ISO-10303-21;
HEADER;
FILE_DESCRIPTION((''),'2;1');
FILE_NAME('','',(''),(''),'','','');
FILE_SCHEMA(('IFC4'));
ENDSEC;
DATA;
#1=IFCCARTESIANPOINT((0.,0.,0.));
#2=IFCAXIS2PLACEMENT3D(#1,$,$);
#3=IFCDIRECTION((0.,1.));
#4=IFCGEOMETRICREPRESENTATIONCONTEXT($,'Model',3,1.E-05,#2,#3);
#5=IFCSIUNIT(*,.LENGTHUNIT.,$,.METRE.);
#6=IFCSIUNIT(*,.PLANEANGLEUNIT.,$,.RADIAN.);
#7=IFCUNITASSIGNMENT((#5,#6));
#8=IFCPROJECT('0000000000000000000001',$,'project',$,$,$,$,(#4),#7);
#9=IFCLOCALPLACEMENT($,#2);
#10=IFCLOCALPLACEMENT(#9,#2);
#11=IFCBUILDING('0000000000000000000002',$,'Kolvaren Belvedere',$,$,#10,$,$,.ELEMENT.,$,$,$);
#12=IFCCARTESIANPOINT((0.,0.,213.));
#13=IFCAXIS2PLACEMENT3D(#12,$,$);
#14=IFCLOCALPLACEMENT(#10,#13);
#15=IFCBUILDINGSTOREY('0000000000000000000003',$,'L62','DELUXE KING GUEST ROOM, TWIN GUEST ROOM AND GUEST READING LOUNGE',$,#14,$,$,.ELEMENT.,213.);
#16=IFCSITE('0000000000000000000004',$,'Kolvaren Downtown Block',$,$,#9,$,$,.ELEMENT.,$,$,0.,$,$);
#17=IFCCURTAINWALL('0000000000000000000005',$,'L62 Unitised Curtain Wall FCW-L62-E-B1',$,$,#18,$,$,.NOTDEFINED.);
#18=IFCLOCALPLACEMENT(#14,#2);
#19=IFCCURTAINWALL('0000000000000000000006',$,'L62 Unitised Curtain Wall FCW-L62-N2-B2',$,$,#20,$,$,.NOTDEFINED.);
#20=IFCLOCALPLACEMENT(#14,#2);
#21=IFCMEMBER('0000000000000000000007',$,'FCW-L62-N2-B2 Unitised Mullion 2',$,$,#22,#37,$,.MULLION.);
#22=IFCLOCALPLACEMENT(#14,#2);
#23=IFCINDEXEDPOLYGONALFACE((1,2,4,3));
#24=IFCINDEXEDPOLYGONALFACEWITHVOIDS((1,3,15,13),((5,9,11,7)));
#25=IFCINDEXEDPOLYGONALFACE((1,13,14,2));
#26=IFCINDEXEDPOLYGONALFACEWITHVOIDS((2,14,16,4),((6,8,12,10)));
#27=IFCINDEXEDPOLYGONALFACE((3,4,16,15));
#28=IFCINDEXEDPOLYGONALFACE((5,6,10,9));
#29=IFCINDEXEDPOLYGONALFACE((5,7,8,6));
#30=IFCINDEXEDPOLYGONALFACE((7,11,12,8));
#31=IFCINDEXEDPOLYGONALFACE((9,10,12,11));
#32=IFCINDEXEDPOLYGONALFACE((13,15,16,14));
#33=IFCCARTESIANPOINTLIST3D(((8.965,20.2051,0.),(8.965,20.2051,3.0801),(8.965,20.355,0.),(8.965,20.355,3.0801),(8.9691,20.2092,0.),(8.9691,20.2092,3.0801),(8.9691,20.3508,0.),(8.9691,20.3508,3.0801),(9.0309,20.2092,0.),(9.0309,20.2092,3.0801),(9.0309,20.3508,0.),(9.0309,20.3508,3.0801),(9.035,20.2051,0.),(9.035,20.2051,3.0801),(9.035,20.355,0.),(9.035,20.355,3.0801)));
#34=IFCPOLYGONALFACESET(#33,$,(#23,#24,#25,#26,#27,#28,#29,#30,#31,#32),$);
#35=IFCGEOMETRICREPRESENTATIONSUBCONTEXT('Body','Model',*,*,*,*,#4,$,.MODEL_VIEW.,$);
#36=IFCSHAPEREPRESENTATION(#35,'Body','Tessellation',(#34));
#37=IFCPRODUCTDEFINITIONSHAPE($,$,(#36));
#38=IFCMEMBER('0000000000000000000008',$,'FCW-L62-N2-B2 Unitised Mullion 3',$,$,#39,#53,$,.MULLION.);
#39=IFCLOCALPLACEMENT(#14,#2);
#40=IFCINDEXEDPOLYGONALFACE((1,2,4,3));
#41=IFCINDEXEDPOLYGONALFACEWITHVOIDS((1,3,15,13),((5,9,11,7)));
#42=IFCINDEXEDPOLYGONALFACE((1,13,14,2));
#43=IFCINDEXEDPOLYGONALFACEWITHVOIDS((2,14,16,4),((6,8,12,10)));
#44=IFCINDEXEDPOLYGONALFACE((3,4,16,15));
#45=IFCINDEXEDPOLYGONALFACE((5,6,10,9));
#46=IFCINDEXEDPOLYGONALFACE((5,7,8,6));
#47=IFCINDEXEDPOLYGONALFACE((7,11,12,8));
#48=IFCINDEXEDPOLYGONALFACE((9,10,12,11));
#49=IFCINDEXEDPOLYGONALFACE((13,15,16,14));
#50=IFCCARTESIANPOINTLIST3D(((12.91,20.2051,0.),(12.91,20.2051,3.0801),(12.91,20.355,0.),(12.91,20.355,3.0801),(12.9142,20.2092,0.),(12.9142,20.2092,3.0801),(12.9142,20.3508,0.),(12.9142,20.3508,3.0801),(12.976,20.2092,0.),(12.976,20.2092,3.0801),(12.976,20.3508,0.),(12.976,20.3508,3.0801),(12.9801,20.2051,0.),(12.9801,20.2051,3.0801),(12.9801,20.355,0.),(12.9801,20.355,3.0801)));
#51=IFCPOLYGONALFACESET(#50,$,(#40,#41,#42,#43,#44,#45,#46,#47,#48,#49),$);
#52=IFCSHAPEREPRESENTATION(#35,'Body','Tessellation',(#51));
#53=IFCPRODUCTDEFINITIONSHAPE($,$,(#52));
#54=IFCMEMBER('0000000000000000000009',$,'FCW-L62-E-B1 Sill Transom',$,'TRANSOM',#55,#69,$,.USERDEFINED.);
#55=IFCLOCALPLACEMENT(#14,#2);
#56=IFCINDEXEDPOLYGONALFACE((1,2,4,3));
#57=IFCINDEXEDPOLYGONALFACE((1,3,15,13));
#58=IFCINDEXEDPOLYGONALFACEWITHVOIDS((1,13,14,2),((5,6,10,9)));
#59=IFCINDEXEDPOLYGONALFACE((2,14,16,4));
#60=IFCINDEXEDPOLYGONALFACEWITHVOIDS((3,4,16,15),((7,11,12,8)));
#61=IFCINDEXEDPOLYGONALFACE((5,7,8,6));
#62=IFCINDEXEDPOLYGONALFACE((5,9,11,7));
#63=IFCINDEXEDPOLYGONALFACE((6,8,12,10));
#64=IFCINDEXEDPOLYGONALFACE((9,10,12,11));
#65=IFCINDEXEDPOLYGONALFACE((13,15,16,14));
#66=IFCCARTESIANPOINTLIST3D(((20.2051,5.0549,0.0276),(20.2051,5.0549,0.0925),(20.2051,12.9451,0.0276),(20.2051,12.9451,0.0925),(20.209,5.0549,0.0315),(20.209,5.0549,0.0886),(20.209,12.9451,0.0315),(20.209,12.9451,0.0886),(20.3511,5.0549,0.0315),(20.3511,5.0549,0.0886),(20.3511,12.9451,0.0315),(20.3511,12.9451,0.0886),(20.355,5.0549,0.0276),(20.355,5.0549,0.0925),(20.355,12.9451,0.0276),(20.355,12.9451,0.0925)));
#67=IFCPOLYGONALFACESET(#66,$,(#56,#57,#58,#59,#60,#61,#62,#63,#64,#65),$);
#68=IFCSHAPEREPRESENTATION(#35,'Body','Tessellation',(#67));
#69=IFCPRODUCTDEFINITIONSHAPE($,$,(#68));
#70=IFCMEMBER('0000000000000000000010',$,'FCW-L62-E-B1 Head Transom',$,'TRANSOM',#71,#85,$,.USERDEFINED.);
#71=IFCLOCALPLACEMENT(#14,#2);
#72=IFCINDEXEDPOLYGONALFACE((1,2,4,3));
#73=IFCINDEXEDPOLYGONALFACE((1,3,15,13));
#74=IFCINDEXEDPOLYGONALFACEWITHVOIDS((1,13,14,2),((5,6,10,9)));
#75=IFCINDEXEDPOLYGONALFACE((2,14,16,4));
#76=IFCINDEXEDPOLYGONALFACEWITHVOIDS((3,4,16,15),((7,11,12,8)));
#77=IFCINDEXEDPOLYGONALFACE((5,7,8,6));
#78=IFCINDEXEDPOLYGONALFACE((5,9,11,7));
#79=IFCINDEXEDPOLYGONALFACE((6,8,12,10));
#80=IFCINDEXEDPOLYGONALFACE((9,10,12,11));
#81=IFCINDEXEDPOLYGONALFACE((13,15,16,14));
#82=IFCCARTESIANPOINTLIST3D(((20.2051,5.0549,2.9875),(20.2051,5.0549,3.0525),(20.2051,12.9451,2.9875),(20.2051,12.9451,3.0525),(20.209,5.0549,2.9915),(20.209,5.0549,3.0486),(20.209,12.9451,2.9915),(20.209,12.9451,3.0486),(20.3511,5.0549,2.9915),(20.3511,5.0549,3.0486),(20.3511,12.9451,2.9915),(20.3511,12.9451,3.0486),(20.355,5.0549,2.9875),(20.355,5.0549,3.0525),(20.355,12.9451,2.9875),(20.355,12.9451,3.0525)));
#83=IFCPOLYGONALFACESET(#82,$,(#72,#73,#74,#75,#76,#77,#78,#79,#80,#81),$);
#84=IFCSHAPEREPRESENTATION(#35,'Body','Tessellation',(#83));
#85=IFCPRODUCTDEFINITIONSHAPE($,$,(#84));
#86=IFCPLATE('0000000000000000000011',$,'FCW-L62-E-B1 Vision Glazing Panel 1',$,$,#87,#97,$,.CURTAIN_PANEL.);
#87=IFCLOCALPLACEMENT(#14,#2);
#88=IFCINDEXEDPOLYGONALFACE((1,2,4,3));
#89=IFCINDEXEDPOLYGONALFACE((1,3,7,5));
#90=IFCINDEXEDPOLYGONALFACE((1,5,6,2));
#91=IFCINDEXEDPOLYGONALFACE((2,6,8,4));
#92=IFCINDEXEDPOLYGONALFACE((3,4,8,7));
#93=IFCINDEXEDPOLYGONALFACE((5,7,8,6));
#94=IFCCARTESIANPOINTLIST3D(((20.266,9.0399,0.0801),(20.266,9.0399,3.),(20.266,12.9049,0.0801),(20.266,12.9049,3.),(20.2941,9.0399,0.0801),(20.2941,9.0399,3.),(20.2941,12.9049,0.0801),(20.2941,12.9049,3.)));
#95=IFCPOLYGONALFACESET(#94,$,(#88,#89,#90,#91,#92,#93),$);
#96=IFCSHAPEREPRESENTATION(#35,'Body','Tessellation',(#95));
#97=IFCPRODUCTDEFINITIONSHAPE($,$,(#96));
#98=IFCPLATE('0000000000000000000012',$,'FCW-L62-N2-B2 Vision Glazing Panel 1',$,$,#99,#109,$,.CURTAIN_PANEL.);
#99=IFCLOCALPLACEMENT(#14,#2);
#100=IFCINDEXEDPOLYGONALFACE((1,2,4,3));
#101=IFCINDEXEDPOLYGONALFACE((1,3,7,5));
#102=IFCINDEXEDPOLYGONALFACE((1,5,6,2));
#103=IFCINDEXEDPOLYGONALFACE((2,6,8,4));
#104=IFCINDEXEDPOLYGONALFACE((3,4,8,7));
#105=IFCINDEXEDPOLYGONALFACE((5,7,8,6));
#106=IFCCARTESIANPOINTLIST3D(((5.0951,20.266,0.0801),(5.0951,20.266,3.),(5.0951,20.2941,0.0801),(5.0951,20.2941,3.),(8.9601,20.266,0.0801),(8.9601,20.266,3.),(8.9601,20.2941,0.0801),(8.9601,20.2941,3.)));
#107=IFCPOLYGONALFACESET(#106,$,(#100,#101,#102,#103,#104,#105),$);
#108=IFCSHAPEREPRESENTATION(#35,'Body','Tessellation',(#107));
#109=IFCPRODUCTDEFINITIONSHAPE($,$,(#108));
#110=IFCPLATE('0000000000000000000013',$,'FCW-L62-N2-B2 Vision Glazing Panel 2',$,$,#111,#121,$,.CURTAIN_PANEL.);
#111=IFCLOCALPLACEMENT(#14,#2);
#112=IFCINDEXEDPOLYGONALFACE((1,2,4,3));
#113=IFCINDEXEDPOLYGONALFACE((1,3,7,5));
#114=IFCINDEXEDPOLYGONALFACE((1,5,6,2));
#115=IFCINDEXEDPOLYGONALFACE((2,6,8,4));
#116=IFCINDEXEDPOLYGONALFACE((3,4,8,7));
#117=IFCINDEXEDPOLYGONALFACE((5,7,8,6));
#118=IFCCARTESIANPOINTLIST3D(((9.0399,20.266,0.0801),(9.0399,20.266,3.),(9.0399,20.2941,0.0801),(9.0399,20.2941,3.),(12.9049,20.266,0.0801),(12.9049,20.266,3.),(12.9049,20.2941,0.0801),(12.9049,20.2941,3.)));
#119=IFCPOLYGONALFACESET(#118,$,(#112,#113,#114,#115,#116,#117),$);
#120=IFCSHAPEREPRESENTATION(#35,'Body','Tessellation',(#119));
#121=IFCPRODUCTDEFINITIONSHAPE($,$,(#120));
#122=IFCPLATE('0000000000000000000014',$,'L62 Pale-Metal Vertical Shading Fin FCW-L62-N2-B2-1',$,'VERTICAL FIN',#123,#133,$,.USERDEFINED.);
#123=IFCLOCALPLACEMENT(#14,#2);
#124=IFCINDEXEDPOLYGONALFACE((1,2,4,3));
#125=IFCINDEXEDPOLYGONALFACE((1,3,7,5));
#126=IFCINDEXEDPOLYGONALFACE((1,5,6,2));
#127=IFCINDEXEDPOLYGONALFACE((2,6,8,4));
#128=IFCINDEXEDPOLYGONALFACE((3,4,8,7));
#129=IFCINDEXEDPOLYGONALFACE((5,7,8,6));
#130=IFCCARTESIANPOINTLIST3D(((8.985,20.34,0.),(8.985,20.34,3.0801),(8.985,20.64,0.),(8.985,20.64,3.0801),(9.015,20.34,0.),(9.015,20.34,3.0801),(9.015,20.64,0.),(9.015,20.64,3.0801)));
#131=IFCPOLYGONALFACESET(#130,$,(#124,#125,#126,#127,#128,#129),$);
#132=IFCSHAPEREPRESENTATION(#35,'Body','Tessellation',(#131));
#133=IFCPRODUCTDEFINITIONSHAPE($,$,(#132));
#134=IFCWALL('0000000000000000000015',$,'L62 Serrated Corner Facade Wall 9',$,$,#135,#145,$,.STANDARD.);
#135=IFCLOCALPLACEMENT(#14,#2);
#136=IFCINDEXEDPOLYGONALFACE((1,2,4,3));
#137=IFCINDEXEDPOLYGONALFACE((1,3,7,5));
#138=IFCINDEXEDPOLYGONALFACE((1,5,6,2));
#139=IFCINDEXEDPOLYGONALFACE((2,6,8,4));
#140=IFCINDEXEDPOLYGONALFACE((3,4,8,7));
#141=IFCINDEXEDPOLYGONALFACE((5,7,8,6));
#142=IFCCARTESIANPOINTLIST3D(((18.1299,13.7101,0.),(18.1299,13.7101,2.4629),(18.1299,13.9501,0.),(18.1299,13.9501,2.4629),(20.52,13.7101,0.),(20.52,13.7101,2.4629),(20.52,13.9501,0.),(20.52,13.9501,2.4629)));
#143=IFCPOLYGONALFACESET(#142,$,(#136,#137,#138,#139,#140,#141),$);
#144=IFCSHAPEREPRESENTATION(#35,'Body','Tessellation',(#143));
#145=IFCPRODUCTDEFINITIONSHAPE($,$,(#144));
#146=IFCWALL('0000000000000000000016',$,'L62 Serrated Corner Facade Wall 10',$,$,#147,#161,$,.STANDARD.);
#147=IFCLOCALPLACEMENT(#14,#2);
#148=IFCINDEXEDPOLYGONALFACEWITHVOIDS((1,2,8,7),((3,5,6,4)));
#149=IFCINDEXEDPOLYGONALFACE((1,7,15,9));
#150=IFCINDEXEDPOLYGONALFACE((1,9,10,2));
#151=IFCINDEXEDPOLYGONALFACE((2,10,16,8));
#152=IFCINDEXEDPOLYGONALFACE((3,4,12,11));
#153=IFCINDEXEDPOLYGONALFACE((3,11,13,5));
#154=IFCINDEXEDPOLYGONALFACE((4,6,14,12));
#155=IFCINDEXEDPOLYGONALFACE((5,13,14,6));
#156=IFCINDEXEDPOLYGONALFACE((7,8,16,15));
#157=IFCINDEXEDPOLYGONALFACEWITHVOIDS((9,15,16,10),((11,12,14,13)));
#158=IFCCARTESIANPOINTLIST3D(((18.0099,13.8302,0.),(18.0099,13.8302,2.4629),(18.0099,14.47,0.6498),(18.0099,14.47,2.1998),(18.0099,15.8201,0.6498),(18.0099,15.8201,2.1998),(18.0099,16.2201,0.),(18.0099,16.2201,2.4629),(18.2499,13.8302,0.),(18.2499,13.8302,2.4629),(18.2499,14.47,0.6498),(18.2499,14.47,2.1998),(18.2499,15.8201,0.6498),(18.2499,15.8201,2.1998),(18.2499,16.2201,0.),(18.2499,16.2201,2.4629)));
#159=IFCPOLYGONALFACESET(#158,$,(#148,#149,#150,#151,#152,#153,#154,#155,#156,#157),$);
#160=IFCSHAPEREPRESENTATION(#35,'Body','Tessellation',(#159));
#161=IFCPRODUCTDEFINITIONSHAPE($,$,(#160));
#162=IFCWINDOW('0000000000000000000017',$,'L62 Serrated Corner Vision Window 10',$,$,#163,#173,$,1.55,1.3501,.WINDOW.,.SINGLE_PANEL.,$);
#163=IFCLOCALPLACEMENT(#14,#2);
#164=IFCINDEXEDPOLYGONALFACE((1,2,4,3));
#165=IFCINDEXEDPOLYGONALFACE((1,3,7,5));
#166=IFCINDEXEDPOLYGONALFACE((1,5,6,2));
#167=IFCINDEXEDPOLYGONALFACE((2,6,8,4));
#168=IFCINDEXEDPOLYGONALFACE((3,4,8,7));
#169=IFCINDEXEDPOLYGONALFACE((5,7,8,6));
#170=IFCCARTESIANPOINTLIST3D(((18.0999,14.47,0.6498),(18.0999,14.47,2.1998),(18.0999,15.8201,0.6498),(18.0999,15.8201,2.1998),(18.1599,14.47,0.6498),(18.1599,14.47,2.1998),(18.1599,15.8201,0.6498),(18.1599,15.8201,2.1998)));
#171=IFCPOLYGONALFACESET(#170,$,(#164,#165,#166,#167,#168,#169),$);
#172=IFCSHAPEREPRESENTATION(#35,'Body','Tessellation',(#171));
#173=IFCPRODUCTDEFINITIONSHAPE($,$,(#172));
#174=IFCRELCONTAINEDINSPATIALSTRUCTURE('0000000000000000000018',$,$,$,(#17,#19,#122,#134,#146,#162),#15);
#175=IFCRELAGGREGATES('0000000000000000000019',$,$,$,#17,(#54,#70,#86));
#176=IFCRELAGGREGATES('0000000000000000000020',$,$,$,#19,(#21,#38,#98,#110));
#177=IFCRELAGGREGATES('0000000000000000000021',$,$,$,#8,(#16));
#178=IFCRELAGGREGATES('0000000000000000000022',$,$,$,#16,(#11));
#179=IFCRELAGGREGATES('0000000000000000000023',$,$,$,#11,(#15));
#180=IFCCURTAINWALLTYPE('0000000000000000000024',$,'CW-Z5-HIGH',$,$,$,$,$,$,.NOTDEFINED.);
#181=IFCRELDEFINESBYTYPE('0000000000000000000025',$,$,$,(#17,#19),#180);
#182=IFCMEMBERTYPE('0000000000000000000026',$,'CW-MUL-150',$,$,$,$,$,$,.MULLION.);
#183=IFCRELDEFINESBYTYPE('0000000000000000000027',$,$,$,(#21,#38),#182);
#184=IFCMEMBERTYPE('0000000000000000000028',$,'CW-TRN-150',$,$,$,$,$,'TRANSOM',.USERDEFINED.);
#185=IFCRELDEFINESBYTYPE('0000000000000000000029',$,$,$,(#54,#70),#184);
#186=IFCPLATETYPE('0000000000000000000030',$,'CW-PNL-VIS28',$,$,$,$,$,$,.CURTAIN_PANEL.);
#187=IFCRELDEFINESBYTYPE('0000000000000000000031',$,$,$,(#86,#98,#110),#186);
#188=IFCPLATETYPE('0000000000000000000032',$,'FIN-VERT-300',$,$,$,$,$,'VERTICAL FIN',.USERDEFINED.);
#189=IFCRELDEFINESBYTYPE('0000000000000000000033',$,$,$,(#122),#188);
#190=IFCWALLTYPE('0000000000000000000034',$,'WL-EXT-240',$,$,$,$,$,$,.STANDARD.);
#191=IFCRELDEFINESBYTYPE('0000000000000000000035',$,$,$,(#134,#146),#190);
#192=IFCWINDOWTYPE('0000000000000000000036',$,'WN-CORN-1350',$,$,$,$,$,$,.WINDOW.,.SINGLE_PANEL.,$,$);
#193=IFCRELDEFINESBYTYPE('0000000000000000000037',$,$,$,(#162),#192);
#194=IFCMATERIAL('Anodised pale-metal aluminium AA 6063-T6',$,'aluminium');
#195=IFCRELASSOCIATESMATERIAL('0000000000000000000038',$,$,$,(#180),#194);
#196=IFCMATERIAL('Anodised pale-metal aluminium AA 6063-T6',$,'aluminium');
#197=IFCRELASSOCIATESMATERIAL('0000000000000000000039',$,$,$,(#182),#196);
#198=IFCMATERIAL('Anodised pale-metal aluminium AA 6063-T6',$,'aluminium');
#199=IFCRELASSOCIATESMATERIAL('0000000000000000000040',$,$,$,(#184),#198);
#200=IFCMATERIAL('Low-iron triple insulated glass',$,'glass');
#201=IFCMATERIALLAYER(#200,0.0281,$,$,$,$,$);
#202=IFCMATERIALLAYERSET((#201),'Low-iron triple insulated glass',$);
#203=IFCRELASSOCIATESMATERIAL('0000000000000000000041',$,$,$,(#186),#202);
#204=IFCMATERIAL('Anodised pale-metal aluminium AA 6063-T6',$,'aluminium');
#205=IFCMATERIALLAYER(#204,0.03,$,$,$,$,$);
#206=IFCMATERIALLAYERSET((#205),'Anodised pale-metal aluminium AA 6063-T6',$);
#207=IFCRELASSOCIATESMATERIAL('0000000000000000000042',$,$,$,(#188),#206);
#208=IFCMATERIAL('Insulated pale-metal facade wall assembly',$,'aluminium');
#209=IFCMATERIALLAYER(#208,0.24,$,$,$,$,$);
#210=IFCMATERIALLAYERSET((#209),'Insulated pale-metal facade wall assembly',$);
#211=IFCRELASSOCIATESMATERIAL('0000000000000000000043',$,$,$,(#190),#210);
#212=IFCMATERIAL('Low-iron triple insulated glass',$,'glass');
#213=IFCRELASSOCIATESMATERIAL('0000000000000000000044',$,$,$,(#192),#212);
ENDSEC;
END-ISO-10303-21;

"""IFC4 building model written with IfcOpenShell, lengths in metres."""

from ifc_helpers import new_model, si_unit, direction, frame, frame_2d, origin, origin_2d, place, context, subcontext, project, spatial, rectangle, hollow_rectangle, extrude, material, layer, layer_set, material_profile, profile_set, type_object, element, fill, aggregate, save


model = new_model("IFC4")

# Units and contexts
model_context = context("Model", 3, precision=1e-05, world=origin(), true_north=direction((0.0, 1.0)))
body_context = subcontext(model_context, "Body", "Model", "MODEL_VIEW")
ifc_project = project(units=[si_unit("LENGTHUNIT", "METRE"), si_unit("PLANEANGLEUNIT", "RADIAN")], contexts=[model_context])

# Site, building, storey
site_placement = place(None, origin())
site = spatial("IfcSite", under=ifc_project, at=site_placement, Name="Kolvaren Downtown Block", CompositionType="ELEMENT", RefElevation=0.0)
building_placement = place(site_placement, origin())
building = spatial("IfcBuilding", under=site, at=building_placement, Name="Kolvaren Belvedere", CompositionType="ELEMENT")
storey_placement = place(building_placement, frame((0.0, 0.0, 213.0)))
storey = spatial("IfcBuildingStorey", under=building, at=storey_placement, Name="L62", Description="DELUXE KING GUEST ROOM, TWIN GUEST ROOM AND GUEST READING LOUNGE", CompositionType="ELEMENT", Elevation=213.0)

# Curtain wall
ifc_material_1 = material(Name="Anodised pale-metal aluminium AA 6063-T6", Category="aluminium")
curtain_wall_type = type_object("IfcCurtainWallType", Name="CW-Z5-HIGH", PredefinedType="NOTDEFINED", material=ifc_material_1)
curtain_wall_1_placement = place(storey_placement, origin())
curtain_wall_1 = element("IfcCurtainWall", 1, at=curtain_wall_1_placement, inside=storey, type_object=curtain_wall_type, Name="L62 Unitised Curtain Wall FCW-L62-E-B1", PredefinedType="NOTDEFINED")
ifc_material_2 = material(Name="Anodised pale-metal aluminium AA 6063-T6", Category="aluminium")
ifc_material_profile_1 = material_profile(ifc_material_2, hollow_rectangle(XDim=0.0701, YDim=0.1499, WallThickness=0.0042, at=origin_2d()), Name="ALU-MUL-150X70")
ifc_profile_set_1 = profile_set([ifc_material_profile_1], Name="Anodised pale-metal aluminium AA 6063-T6")
member_type_1 = type_object("IfcMemberType", Name="CW-MUL-150", PredefinedType="MULLION", material=ifc_profile_set_1)

# Curtain wall, members
curtain_wall_2_placement = place(storey_placement, origin())
curtain_wall_2 = element("IfcCurtainWall", 2, at=curtain_wall_2_placement, inside=storey, type_object=curtain_wall_type, Name="L62 Unitised Curtain Wall FCW-L62-N2-B2", PredefinedType="NOTDEFINED")
member_1_placement = place(storey_placement, frame((9.0, 20.28, 0.0), z_axis=(0.0, 0.0, 1.0), x_axis=(1.0, 0.0, 0.0)))
member_1 = element("IfcMember", 3, at=member_1_placement, type_object=member_type_1, Name="FCW-L62-N2-B2 Unitised Mullion 2", PredefinedType="MULLION", context=body_context, shape_type="SweptSolid", body=[
    extrude(hollow_rectangle(XDim=0.0701, YDim=0.1499, WallThickness=0.0042, at=origin_2d()), origin(), (0.0, 0.0, 1.0), 3.0801),
])
member_2_placement = place(storey_placement, frame((12.9451, 20.28, 0.0), z_axis=(0.0, 0.0, 1.0), x_axis=(1.0, 0.0, 0.0)))
member_2 = element("IfcMember", 4, at=member_2_placement, type_object=member_type_1, Name="FCW-L62-N2-B2 Unitised Mullion 3", PredefinedType="MULLION", context=body_context, shape_type="SweptSolid", body=[
    extrude(hollow_rectangle(XDim=0.0701, YDim=0.1499, WallThickness=0.0042, at=origin_2d()), origin(), (0.0, 0.0, 1.0), 3.0801),
])

# Members
ifc_material_3 = material(Name="Anodised pale-metal aluminium AA 6063-T6", Category="aluminium")
ifc_material_profile_2 = material_profile(ifc_material_3, hollow_rectangle(XDim=0.0649, YDim=0.1499, WallThickness=0.0039, at=origin_2d()), Name="ALU-TRN-150X65")
ifc_profile_set_2 = profile_set([ifc_material_profile_2], Name="Anodised pale-metal aluminium AA 6063-T6")
member_type_2 = type_object("IfcMemberType", Name="CW-TRN-150", ElementType="TRANSOM", PredefinedType="USERDEFINED", material=ifc_profile_set_2)
member_3_placement = place(storey_placement, frame((20.28, 12.9451, 0.0601), z_axis=(0.0, -1.0, 0.0), x_axis=(0.0, 0.0, 1.0)))
member_3 = element("IfcMember", 5, at=member_3_placement, type_object=member_type_2, Name="FCW-L62-E-B1 Sill Transom", ObjectType="TRANSOM", PredefinedType="USERDEFINED", context=body_context, shape_type="SweptSolid", body=[
    extrude(hollow_rectangle(XDim=0.0649, YDim=0.1499, WallThickness=0.0039, at=origin_2d()), origin(), (0.0, 0.0, 1.0), 7.8901),
])
member_4_placement = place(storey_placement, frame((20.28, 12.9451, 3.02), z_axis=(0.0, -1.0, 0.0), x_axis=(0.0, 0.0, 1.0)))
member_4 = element("IfcMember", 6, at=member_4_placement, type_object=member_type_2, Name="FCW-L62-E-B1 Head Transom", ObjectType="TRANSOM", PredefinedType="USERDEFINED", context=body_context, shape_type="SweptSolid", body=[
    extrude(hollow_rectangle(XDim=0.0649, YDim=0.1499, WallThickness=0.0039, at=origin_2d()), origin(), (0.0, 0.0, 1.0), 7.8901),
])

# Plates
ifc_material_4 = material(Name="Low-iron triple insulated glass", Category="glass")
ifc_layer_1 = layer(ifc_material_4, 0.0281)
ifc_layer_set_1 = layer_set([ifc_layer_1], Name="Low-iron triple insulated glass")
plate_type_1 = type_object("IfcPlateType", Name="CW-PNL-VIS28", PredefinedType="CURTAIN_PANEL", material=ifc_layer_set_1)
plate_1_placement = place(storey_placement, frame((20.28, 10.9724, 0.0801), z_axis=(0.0, 0.0, 1.0), x_axis=(0.0, -1.0, 0.0)))
plate_1 = element("IfcPlate", 7, at=plate_1_placement, type_object=plate_type_1, Name="FCW-L62-E-B1 Vision Glazing Panel 1", PredefinedType="CURTAIN_PANEL", context=body_context, shape_type="SweptSolid", body=[
    extrude(rectangle(XDim=3.865, YDim=0.0281, at=origin_2d()), origin(), (0.0, 0.0, 1.0), 2.9199),
])
aggregate(curtain_wall_1, [member_3, member_4, plate_1])
plate_2_placement = place(storey_placement, frame((7.0276, 20.28, 0.0801), z_axis=(0.0, 0.0, 1.0), x_axis=(1.0, 0.0, 0.0)))
plate_2 = element("IfcPlate", 8, at=plate_2_placement, type_object=plate_type_1, Name="FCW-L62-N2-B2 Vision Glazing Panel 1", PredefinedType="CURTAIN_PANEL", context=body_context, shape_type="SweptSolid", body=[
    extrude(rectangle(XDim=3.865, YDim=0.0281, at=origin_2d()), origin(), (0.0, 0.0, 1.0), 2.9199),
])
plate_3_placement = place(storey_placement, frame((10.9724, 20.28, 0.0801), z_axis=(0.0, 0.0, 1.0), x_axis=(1.0, 0.0, 0.0)))
plate_3 = element("IfcPlate", 9, at=plate_3_placement, type_object=plate_type_1, Name="FCW-L62-N2-B2 Vision Glazing Panel 2", PredefinedType="CURTAIN_PANEL", context=body_context, shape_type="SweptSolid", body=[
    extrude(rectangle(XDim=3.865, YDim=0.0281, at=origin_2d()), origin(), (0.0, 0.0, 1.0), 2.9199),
])
aggregate(curtain_wall_2, [member_1, member_2, plate_2, plate_3])
ifc_material_5 = material(Name="Anodised pale-metal aluminium AA 6063-T6", Category="aluminium")
ifc_layer_2 = layer(ifc_material_5, 0.03)
ifc_layer_set_2 = layer_set([ifc_layer_2], Name="Anodised pale-metal aluminium AA 6063-T6")
plate_type_2 = type_object("IfcPlateType", Name="FIN-VERT-300", ElementType="VERTICAL FIN", PredefinedType="USERDEFINED", material=ifc_layer_set_2)
plate_4_placement = place(storey_placement, frame((9.0, 20.49, 0.0), z_axis=(0.0, 0.0, 1.0), x_axis=(0.0, 1.0, 0.0)))
element("IfcPlate", 10, at=plate_4_placement, inside=storey, type_object=plate_type_2, Name="L62 Pale-Metal Vertical Shading Fin FCW-L62-N2-B2-1", ObjectType="VERTICAL FIN", PredefinedType="USERDEFINED", context=body_context, shape_type="SweptSolid", body=[
    extrude(rectangle(XDim=0.3, YDim=0.03, at=origin_2d()), origin(), (0.0, 0.0, 1.0), 3.0801),
])

# Wall
ifc_material_6 = material(Name="Insulated pale-metal facade wall assembly", Category="aluminium")
ifc_layer_3 = layer(ifc_material_6, 0.24)
ifc_layer_set_3 = layer_set([ifc_layer_3], Name="Insulated pale-metal facade wall assembly")
wall_type_1 = type_object("IfcWallType", Name="WL-EXT-240", PredefinedType="STANDARD", material=ifc_layer_set_3)
wall_1_placement = place(storey_placement, frame((18.1299, 13.8301, 0.0), z_axis=(0.0, 0.0, 1.0), x_axis=(1.0, 0.0, 0.0)))
element("IfcWall", 11, at=wall_1_placement, inside=storey, type_object=wall_type_1, Name="L62 Serrated Corner Facade Wall 9", PredefinedType="STANDARD", context=body_context, shape_type="SweptSolid", body=[
    extrude(rectangle(XDim=2.3901, YDim=0.24, at=frame_2d((1.1951, 0.0))), origin(), (0.0, 0.0, 1.0), 2.4629),
])

# Wall, opening, window
wall_2_placement = place(storey_placement, frame((18.1299, 16.22, 0.0), z_axis=(0.0, 0.0, 1.0), x_axis=(0.0, -1.0, 0.0)))
wall_2 = element("IfcWall", 12, at=wall_2_placement, inside=storey, type_object=wall_type_1, Name="L62 Serrated Corner Facade Wall 10", PredefinedType="STANDARD", context=body_context, shape_type="SweptSolid", body=[
    extrude(rectangle(XDim=2.3899, YDim=0.24, at=frame_2d((1.1948, 0.0))), origin(), (0.0, 0.0, 1.0), 2.4629),
])
opening_1_placement = place(wall_2_placement, frame((0.3999, 0.0, 0.6499)))
opening_1 = element("IfcOpeningElement", 13, at=opening_1_placement, cuts=wall_2, PredefinedType="OPENING", context=body_context, shape_type="SweptSolid", body=[
    extrude(rectangle(XDim=1.3501, YDim=1.55, at=frame_2d((0.675, 0.7749))), frame((0.0, 0.1299, 0.0), z_axis=(0.0, -1.0, 0.0), x_axis=(1.0, 0.0, 0.0)), (0.0, 0.0, 1.0), 0.26),
])
ifc_material_7 = material(Name="Low-iron triple insulated glass", Category="glass")
window_type_1 = type_object("IfcWindowType", Name="WN-CORN-1350", PartitioningType="SINGLE_PANEL", PredefinedType="WINDOW", material=ifc_material_7)
window_1_placement = place(opening_1_placement, origin())
window_1 = element("IfcWindow", 14, at=window_1_placement, inside=storey, type_object=window_type_1, Name="L62 Serrated Corner Vision Window 10", OverallHeight=1.55, OverallWidth=1.3501, PartitioningType="SINGLE_PANEL", PredefinedType="WINDOW", context=body_context, shape_type="SweptSolid", body=[
    extrude(rectangle(XDim=1.3501, YDim=1.55, at=frame_2d((0.675, 0.7749))), frame((0.0, 0.03, 0.0), z_axis=(0.0, -1.0, 0.0), x_axis=(1.0, 0.0, 0.0)), (0.0, 0.0, 1.0), 0.0601),
])
fill(opening_1, window_1)

save(model, "model.ifc")
